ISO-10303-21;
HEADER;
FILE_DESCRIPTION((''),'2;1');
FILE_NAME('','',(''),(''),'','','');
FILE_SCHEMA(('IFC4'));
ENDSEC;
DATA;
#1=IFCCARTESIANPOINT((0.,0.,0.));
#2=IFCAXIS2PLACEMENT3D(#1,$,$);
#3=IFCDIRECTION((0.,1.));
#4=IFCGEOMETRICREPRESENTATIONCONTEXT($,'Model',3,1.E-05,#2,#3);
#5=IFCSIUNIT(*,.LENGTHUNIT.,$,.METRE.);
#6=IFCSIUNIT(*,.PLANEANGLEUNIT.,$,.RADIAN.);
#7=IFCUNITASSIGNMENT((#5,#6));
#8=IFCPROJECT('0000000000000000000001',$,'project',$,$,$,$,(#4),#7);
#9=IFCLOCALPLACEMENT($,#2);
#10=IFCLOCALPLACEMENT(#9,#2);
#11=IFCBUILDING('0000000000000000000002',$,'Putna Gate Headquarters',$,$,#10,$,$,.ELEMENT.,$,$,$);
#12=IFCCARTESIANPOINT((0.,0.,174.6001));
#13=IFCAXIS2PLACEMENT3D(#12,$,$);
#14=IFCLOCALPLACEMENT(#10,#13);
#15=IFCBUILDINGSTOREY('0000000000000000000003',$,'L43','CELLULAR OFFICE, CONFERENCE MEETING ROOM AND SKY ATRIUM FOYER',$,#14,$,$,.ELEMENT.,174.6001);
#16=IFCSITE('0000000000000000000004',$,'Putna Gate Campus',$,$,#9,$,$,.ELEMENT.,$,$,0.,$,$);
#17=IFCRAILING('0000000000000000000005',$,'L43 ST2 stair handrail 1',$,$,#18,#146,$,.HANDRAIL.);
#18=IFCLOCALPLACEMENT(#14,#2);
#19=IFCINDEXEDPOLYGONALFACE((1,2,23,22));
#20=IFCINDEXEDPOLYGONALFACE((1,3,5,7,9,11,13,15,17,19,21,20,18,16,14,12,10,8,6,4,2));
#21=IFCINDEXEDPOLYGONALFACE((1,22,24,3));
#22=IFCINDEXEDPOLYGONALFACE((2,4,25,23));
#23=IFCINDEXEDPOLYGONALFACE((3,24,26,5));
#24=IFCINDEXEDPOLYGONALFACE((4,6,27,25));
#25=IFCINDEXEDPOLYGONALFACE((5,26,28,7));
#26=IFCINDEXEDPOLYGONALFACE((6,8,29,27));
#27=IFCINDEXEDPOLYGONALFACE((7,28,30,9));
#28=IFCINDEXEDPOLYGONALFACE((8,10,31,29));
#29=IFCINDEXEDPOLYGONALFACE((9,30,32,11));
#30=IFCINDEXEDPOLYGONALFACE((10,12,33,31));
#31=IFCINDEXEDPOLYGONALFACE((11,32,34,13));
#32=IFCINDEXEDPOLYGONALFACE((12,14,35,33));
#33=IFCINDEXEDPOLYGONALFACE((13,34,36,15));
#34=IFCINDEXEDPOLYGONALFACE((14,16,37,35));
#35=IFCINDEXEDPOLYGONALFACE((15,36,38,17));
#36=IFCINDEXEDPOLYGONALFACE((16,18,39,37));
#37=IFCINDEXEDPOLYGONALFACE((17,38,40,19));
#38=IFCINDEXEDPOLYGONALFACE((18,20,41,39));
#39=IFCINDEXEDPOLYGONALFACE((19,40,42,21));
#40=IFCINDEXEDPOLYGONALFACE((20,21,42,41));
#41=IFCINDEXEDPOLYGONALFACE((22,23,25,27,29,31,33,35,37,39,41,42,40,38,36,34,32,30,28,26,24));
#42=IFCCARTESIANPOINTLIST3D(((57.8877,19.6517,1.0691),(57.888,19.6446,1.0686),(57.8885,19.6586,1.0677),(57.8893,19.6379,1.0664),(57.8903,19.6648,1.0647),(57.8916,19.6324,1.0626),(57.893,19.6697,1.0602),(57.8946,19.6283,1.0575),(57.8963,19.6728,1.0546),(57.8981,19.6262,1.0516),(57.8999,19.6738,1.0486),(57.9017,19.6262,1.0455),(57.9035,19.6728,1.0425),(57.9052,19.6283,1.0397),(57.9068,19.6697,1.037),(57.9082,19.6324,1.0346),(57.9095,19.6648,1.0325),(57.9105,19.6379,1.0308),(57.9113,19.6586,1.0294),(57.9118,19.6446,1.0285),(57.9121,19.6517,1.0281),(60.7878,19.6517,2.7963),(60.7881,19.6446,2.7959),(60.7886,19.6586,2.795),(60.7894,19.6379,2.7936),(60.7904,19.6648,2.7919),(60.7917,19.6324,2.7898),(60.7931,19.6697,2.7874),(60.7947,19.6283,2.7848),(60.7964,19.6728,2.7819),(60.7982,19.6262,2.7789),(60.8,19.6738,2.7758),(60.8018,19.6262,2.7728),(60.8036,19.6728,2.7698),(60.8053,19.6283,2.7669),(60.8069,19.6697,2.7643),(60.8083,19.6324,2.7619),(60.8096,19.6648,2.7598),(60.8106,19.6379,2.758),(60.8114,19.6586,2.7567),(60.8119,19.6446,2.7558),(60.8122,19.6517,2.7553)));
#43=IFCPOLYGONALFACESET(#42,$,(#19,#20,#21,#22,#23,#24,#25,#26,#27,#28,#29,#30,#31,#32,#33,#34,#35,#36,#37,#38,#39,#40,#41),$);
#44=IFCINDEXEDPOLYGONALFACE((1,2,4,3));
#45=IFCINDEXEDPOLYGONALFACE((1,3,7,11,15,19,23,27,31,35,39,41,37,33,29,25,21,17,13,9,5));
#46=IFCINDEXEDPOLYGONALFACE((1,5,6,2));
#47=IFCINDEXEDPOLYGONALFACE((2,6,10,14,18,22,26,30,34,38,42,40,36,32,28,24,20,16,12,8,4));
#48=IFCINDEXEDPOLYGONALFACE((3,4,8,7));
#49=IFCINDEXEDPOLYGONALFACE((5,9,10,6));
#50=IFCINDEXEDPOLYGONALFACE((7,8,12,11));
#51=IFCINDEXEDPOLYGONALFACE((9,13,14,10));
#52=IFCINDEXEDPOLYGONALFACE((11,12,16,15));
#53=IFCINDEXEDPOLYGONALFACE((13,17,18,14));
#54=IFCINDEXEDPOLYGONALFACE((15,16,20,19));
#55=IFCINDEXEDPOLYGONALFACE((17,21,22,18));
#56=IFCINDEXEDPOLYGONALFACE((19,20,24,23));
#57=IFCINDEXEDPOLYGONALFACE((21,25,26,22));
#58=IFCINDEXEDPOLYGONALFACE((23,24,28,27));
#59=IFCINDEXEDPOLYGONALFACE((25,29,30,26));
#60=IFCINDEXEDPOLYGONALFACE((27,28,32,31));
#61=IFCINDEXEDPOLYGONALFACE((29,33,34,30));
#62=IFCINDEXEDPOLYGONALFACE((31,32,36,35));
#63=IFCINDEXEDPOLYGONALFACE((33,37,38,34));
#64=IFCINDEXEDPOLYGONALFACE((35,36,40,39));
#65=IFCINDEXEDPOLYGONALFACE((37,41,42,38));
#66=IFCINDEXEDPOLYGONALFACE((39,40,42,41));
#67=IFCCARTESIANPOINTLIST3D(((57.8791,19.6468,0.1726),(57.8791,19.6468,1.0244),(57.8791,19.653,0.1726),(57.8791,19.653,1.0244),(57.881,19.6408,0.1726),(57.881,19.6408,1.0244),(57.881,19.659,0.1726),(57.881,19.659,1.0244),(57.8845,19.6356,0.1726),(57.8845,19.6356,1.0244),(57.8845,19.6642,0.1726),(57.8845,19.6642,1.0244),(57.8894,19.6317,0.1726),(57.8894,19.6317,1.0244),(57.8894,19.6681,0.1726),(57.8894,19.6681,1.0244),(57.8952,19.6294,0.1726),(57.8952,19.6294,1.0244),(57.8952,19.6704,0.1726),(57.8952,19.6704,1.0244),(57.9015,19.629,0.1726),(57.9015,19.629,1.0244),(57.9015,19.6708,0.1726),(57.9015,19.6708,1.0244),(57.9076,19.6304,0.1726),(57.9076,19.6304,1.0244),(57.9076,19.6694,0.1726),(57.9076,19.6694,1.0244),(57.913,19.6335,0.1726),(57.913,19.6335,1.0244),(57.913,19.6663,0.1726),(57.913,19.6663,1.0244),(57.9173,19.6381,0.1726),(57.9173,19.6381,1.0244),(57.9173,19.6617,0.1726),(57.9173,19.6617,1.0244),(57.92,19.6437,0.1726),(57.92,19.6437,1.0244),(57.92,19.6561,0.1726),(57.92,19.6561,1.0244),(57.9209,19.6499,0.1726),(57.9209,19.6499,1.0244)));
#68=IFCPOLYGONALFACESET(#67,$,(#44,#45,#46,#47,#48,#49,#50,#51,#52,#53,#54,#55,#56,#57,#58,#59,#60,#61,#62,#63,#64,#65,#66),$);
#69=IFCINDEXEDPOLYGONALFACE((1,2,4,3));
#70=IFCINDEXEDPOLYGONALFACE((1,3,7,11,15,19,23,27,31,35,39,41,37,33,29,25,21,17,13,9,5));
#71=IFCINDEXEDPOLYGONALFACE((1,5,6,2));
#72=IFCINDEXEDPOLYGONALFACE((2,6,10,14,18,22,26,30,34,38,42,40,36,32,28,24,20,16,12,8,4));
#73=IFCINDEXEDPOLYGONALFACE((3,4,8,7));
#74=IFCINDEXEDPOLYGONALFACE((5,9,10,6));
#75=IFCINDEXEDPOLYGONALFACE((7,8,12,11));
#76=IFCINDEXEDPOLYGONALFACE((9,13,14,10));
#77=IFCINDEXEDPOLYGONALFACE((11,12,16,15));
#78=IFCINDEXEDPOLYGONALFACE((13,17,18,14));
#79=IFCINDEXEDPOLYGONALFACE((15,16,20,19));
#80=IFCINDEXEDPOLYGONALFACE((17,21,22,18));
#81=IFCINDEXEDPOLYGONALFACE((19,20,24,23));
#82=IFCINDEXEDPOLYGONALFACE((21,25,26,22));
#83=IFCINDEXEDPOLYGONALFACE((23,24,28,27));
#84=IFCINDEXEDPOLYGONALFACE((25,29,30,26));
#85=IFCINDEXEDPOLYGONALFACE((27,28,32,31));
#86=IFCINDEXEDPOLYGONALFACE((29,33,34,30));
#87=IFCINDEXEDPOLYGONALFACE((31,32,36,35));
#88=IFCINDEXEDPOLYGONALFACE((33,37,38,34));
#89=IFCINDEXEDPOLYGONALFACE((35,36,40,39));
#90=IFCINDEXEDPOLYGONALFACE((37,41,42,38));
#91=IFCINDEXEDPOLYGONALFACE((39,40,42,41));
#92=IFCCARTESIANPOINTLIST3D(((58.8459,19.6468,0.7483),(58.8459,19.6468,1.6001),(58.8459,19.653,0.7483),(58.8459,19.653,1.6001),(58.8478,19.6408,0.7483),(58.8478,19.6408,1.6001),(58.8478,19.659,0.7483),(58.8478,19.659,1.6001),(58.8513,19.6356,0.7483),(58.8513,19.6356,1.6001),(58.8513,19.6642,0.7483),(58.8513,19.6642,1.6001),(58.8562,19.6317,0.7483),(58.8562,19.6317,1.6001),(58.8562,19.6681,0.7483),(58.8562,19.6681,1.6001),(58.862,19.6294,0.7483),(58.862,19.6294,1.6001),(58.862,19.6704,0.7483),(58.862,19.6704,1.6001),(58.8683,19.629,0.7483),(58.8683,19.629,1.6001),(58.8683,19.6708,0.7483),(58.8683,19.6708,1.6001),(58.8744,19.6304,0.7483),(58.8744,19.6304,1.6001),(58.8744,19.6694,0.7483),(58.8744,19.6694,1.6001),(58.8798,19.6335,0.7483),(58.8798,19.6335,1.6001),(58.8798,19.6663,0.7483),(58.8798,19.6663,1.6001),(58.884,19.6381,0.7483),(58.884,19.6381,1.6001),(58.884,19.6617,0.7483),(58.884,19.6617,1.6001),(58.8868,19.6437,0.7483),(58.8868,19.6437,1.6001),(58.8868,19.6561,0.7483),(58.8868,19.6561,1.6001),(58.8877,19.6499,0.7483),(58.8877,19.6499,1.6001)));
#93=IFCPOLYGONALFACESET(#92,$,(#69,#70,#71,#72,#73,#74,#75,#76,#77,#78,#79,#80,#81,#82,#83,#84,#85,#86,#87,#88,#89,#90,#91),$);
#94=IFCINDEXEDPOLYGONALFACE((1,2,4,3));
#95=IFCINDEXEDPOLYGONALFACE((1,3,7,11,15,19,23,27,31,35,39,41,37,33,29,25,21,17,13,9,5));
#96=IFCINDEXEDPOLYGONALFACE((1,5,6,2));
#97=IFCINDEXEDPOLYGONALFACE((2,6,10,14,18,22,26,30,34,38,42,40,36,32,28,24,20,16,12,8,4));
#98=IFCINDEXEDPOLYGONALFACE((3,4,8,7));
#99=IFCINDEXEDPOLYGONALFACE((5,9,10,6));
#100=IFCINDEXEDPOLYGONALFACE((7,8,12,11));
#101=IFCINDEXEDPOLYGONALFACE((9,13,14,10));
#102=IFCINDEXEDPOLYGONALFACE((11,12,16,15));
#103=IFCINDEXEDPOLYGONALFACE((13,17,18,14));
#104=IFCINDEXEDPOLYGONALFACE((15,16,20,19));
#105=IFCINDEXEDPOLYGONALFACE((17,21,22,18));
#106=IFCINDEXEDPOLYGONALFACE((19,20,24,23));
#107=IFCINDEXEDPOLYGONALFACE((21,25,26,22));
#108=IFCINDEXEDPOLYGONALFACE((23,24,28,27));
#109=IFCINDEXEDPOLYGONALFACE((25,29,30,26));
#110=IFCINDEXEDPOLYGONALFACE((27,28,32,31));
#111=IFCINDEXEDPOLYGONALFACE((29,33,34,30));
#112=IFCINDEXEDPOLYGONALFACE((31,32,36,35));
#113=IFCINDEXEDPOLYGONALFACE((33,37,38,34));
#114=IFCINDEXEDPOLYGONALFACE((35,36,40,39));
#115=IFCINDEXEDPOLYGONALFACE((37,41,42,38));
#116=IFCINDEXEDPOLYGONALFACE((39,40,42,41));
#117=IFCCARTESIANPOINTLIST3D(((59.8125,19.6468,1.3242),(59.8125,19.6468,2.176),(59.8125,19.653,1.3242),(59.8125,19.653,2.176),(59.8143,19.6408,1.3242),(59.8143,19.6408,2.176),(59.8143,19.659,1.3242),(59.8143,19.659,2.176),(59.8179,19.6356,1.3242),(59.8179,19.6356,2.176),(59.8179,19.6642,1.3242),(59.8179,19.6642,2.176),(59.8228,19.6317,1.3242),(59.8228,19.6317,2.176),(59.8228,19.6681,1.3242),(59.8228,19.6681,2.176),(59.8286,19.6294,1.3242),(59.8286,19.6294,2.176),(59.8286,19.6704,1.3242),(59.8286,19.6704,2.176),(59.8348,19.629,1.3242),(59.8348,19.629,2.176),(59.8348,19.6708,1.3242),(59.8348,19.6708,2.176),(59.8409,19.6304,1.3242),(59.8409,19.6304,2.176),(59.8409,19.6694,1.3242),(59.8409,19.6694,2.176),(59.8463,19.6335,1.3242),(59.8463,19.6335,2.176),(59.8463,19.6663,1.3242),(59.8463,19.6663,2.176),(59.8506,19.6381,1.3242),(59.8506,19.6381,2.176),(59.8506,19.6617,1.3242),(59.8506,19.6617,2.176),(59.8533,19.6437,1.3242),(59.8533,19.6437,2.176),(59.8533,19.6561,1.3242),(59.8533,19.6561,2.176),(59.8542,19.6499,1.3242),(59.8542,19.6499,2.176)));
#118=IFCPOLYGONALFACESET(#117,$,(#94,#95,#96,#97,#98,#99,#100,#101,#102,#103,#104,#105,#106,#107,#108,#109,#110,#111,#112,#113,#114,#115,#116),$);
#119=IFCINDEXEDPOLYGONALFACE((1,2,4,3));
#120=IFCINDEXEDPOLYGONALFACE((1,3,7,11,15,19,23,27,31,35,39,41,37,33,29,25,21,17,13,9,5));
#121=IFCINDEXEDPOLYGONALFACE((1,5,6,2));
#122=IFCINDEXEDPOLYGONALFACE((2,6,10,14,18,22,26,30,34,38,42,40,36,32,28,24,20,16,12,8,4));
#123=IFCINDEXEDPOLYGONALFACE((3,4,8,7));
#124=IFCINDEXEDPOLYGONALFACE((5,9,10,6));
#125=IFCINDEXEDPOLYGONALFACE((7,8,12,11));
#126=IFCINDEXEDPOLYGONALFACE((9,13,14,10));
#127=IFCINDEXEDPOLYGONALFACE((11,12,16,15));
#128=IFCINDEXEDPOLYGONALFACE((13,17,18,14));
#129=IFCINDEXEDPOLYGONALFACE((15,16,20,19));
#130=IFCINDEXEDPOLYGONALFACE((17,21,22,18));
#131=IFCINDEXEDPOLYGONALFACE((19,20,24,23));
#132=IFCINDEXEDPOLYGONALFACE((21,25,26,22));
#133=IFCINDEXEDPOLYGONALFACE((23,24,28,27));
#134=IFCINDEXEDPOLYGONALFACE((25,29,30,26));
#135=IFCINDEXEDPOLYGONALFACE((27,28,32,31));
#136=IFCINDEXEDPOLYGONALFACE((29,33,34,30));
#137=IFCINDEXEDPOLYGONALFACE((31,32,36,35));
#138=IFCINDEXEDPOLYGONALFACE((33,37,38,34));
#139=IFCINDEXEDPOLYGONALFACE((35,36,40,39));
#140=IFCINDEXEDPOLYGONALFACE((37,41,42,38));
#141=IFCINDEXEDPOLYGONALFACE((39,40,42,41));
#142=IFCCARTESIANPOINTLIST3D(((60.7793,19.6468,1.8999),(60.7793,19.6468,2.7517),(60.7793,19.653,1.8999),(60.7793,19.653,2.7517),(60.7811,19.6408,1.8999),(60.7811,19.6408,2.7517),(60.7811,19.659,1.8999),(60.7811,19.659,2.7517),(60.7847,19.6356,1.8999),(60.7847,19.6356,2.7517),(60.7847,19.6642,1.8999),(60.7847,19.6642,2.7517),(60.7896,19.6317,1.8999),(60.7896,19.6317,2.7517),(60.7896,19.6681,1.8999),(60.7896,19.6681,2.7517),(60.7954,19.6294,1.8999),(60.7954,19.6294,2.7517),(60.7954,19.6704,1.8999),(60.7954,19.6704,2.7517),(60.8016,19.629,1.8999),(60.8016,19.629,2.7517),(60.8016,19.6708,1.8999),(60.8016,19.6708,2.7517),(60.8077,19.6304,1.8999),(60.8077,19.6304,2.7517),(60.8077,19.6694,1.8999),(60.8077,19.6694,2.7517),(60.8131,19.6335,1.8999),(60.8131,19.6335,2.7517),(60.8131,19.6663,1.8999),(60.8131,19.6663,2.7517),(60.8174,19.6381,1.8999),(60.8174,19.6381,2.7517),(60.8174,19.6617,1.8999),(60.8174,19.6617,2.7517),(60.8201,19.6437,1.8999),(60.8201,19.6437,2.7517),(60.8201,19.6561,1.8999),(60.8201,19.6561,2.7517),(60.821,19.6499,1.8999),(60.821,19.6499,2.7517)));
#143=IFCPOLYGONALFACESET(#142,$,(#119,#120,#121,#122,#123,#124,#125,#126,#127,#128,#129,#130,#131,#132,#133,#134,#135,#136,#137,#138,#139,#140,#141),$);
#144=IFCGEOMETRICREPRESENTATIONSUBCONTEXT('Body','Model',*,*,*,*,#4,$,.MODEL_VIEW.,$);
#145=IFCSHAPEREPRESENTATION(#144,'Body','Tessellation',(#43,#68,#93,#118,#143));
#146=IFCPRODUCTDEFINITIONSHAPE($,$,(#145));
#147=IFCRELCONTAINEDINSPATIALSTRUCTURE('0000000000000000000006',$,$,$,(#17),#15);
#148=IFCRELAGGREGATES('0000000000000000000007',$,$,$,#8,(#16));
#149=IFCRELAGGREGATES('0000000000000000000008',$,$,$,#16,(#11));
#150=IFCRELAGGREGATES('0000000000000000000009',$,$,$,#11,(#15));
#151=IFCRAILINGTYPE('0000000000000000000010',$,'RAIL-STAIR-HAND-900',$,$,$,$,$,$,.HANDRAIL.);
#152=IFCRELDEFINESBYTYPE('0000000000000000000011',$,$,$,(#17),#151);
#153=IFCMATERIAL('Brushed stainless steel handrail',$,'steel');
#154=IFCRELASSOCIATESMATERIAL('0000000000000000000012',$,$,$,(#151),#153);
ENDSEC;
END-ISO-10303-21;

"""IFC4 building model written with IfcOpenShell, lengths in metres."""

from ifc_helpers import new_model, si_unit, direction, frame, origin, origin_2d, place, context, subcontext, project, spatial, circle, extrude, material, type_object, element, save


model = new_model("IFC4")

# Units and contexts
model_context = context("Model", 3, precision=1e-05, world=origin(), true_north=direction((0.0, 1.0)))
body_context = subcontext(model_context, "Body", "Model", "MODEL_VIEW")
ifc_project = project(units=[si_unit("LENGTHUNIT", "METRE"), si_unit("PLANEANGLEUNIT", "RADIAN")], contexts=[model_context])

# Site, building, storey
site_placement = place(None, origin())
site = spatial("IfcSite", under=ifc_project, at=site_placement, Name="Putna Gate Campus", CompositionType="ELEMENT", RefElevation=0.0)
building_placement = place(site_placement, origin())
building = spatial("IfcBuilding", under=site, at=building_placement, Name="Putna Gate Headquarters", CompositionType="ELEMENT")
storey_placement = place(building_placement, frame((0.0, 0.0, 174.6001)))
storey = spatial("IfcBuildingStorey", under=building, at=storey_placement, Name="L43", Description="CELLULAR OFFICE, CONFERENCE MEETING ROOM AND SKY ATRIUM FOYER", CompositionType="ELEMENT", Elevation=174.6001)

# Railing
ifc_material_1 = material(Name="Brushed stainless steel handrail", Category="steel")
railing_type_1 = type_object("IfcRailingType", Name="RAIL-STAIR-HAND-900", PredefinedType="HANDRAIL", material=ifc_material_1)
railing_1_placement = place(storey_placement, frame((57.8999, 19.6499, 0.1726)))
element("IfcRailing", 1, at=railing_1_placement, inside=storey, type_object=railing_type_1, Name="L43 ST2 stair handrail 1", PredefinedType="HANDRAIL", context=body_context, shape_type="SweptSolid", body=[
    extrude(circle(Radius=0.0239, at=origin_2d()), frame((0.0, 0.0, 0.876), z_axis=(0.85916, 0.0, 0.511706), x_axis=(0.0, 1.0, 0.0)), (0.0, 0.0, 1.0), 3.3755),
    extrude(circle(Radius=0.021, at=origin_2d()), origin(), (0.0, 0.0, 1.0), 0.8518),
    extrude(circle(Radius=0.021, at=origin_2d()), frame((0.9668, 0.0, 0.5757)), (0.0, 0.0, 1.0), 0.8518),
    extrude(circle(Radius=0.021, at=origin_2d()), frame((1.9333, 0.0, 1.1516)), (0.0, 0.0, 1.0), 0.8518),
    extrude(circle(Radius=0.021, at=origin_2d()), frame((2.9001, 0.0, 1.7273)), (0.0, 0.0, 1.0), 0.8518),
])

save(model, "model.ifc")
